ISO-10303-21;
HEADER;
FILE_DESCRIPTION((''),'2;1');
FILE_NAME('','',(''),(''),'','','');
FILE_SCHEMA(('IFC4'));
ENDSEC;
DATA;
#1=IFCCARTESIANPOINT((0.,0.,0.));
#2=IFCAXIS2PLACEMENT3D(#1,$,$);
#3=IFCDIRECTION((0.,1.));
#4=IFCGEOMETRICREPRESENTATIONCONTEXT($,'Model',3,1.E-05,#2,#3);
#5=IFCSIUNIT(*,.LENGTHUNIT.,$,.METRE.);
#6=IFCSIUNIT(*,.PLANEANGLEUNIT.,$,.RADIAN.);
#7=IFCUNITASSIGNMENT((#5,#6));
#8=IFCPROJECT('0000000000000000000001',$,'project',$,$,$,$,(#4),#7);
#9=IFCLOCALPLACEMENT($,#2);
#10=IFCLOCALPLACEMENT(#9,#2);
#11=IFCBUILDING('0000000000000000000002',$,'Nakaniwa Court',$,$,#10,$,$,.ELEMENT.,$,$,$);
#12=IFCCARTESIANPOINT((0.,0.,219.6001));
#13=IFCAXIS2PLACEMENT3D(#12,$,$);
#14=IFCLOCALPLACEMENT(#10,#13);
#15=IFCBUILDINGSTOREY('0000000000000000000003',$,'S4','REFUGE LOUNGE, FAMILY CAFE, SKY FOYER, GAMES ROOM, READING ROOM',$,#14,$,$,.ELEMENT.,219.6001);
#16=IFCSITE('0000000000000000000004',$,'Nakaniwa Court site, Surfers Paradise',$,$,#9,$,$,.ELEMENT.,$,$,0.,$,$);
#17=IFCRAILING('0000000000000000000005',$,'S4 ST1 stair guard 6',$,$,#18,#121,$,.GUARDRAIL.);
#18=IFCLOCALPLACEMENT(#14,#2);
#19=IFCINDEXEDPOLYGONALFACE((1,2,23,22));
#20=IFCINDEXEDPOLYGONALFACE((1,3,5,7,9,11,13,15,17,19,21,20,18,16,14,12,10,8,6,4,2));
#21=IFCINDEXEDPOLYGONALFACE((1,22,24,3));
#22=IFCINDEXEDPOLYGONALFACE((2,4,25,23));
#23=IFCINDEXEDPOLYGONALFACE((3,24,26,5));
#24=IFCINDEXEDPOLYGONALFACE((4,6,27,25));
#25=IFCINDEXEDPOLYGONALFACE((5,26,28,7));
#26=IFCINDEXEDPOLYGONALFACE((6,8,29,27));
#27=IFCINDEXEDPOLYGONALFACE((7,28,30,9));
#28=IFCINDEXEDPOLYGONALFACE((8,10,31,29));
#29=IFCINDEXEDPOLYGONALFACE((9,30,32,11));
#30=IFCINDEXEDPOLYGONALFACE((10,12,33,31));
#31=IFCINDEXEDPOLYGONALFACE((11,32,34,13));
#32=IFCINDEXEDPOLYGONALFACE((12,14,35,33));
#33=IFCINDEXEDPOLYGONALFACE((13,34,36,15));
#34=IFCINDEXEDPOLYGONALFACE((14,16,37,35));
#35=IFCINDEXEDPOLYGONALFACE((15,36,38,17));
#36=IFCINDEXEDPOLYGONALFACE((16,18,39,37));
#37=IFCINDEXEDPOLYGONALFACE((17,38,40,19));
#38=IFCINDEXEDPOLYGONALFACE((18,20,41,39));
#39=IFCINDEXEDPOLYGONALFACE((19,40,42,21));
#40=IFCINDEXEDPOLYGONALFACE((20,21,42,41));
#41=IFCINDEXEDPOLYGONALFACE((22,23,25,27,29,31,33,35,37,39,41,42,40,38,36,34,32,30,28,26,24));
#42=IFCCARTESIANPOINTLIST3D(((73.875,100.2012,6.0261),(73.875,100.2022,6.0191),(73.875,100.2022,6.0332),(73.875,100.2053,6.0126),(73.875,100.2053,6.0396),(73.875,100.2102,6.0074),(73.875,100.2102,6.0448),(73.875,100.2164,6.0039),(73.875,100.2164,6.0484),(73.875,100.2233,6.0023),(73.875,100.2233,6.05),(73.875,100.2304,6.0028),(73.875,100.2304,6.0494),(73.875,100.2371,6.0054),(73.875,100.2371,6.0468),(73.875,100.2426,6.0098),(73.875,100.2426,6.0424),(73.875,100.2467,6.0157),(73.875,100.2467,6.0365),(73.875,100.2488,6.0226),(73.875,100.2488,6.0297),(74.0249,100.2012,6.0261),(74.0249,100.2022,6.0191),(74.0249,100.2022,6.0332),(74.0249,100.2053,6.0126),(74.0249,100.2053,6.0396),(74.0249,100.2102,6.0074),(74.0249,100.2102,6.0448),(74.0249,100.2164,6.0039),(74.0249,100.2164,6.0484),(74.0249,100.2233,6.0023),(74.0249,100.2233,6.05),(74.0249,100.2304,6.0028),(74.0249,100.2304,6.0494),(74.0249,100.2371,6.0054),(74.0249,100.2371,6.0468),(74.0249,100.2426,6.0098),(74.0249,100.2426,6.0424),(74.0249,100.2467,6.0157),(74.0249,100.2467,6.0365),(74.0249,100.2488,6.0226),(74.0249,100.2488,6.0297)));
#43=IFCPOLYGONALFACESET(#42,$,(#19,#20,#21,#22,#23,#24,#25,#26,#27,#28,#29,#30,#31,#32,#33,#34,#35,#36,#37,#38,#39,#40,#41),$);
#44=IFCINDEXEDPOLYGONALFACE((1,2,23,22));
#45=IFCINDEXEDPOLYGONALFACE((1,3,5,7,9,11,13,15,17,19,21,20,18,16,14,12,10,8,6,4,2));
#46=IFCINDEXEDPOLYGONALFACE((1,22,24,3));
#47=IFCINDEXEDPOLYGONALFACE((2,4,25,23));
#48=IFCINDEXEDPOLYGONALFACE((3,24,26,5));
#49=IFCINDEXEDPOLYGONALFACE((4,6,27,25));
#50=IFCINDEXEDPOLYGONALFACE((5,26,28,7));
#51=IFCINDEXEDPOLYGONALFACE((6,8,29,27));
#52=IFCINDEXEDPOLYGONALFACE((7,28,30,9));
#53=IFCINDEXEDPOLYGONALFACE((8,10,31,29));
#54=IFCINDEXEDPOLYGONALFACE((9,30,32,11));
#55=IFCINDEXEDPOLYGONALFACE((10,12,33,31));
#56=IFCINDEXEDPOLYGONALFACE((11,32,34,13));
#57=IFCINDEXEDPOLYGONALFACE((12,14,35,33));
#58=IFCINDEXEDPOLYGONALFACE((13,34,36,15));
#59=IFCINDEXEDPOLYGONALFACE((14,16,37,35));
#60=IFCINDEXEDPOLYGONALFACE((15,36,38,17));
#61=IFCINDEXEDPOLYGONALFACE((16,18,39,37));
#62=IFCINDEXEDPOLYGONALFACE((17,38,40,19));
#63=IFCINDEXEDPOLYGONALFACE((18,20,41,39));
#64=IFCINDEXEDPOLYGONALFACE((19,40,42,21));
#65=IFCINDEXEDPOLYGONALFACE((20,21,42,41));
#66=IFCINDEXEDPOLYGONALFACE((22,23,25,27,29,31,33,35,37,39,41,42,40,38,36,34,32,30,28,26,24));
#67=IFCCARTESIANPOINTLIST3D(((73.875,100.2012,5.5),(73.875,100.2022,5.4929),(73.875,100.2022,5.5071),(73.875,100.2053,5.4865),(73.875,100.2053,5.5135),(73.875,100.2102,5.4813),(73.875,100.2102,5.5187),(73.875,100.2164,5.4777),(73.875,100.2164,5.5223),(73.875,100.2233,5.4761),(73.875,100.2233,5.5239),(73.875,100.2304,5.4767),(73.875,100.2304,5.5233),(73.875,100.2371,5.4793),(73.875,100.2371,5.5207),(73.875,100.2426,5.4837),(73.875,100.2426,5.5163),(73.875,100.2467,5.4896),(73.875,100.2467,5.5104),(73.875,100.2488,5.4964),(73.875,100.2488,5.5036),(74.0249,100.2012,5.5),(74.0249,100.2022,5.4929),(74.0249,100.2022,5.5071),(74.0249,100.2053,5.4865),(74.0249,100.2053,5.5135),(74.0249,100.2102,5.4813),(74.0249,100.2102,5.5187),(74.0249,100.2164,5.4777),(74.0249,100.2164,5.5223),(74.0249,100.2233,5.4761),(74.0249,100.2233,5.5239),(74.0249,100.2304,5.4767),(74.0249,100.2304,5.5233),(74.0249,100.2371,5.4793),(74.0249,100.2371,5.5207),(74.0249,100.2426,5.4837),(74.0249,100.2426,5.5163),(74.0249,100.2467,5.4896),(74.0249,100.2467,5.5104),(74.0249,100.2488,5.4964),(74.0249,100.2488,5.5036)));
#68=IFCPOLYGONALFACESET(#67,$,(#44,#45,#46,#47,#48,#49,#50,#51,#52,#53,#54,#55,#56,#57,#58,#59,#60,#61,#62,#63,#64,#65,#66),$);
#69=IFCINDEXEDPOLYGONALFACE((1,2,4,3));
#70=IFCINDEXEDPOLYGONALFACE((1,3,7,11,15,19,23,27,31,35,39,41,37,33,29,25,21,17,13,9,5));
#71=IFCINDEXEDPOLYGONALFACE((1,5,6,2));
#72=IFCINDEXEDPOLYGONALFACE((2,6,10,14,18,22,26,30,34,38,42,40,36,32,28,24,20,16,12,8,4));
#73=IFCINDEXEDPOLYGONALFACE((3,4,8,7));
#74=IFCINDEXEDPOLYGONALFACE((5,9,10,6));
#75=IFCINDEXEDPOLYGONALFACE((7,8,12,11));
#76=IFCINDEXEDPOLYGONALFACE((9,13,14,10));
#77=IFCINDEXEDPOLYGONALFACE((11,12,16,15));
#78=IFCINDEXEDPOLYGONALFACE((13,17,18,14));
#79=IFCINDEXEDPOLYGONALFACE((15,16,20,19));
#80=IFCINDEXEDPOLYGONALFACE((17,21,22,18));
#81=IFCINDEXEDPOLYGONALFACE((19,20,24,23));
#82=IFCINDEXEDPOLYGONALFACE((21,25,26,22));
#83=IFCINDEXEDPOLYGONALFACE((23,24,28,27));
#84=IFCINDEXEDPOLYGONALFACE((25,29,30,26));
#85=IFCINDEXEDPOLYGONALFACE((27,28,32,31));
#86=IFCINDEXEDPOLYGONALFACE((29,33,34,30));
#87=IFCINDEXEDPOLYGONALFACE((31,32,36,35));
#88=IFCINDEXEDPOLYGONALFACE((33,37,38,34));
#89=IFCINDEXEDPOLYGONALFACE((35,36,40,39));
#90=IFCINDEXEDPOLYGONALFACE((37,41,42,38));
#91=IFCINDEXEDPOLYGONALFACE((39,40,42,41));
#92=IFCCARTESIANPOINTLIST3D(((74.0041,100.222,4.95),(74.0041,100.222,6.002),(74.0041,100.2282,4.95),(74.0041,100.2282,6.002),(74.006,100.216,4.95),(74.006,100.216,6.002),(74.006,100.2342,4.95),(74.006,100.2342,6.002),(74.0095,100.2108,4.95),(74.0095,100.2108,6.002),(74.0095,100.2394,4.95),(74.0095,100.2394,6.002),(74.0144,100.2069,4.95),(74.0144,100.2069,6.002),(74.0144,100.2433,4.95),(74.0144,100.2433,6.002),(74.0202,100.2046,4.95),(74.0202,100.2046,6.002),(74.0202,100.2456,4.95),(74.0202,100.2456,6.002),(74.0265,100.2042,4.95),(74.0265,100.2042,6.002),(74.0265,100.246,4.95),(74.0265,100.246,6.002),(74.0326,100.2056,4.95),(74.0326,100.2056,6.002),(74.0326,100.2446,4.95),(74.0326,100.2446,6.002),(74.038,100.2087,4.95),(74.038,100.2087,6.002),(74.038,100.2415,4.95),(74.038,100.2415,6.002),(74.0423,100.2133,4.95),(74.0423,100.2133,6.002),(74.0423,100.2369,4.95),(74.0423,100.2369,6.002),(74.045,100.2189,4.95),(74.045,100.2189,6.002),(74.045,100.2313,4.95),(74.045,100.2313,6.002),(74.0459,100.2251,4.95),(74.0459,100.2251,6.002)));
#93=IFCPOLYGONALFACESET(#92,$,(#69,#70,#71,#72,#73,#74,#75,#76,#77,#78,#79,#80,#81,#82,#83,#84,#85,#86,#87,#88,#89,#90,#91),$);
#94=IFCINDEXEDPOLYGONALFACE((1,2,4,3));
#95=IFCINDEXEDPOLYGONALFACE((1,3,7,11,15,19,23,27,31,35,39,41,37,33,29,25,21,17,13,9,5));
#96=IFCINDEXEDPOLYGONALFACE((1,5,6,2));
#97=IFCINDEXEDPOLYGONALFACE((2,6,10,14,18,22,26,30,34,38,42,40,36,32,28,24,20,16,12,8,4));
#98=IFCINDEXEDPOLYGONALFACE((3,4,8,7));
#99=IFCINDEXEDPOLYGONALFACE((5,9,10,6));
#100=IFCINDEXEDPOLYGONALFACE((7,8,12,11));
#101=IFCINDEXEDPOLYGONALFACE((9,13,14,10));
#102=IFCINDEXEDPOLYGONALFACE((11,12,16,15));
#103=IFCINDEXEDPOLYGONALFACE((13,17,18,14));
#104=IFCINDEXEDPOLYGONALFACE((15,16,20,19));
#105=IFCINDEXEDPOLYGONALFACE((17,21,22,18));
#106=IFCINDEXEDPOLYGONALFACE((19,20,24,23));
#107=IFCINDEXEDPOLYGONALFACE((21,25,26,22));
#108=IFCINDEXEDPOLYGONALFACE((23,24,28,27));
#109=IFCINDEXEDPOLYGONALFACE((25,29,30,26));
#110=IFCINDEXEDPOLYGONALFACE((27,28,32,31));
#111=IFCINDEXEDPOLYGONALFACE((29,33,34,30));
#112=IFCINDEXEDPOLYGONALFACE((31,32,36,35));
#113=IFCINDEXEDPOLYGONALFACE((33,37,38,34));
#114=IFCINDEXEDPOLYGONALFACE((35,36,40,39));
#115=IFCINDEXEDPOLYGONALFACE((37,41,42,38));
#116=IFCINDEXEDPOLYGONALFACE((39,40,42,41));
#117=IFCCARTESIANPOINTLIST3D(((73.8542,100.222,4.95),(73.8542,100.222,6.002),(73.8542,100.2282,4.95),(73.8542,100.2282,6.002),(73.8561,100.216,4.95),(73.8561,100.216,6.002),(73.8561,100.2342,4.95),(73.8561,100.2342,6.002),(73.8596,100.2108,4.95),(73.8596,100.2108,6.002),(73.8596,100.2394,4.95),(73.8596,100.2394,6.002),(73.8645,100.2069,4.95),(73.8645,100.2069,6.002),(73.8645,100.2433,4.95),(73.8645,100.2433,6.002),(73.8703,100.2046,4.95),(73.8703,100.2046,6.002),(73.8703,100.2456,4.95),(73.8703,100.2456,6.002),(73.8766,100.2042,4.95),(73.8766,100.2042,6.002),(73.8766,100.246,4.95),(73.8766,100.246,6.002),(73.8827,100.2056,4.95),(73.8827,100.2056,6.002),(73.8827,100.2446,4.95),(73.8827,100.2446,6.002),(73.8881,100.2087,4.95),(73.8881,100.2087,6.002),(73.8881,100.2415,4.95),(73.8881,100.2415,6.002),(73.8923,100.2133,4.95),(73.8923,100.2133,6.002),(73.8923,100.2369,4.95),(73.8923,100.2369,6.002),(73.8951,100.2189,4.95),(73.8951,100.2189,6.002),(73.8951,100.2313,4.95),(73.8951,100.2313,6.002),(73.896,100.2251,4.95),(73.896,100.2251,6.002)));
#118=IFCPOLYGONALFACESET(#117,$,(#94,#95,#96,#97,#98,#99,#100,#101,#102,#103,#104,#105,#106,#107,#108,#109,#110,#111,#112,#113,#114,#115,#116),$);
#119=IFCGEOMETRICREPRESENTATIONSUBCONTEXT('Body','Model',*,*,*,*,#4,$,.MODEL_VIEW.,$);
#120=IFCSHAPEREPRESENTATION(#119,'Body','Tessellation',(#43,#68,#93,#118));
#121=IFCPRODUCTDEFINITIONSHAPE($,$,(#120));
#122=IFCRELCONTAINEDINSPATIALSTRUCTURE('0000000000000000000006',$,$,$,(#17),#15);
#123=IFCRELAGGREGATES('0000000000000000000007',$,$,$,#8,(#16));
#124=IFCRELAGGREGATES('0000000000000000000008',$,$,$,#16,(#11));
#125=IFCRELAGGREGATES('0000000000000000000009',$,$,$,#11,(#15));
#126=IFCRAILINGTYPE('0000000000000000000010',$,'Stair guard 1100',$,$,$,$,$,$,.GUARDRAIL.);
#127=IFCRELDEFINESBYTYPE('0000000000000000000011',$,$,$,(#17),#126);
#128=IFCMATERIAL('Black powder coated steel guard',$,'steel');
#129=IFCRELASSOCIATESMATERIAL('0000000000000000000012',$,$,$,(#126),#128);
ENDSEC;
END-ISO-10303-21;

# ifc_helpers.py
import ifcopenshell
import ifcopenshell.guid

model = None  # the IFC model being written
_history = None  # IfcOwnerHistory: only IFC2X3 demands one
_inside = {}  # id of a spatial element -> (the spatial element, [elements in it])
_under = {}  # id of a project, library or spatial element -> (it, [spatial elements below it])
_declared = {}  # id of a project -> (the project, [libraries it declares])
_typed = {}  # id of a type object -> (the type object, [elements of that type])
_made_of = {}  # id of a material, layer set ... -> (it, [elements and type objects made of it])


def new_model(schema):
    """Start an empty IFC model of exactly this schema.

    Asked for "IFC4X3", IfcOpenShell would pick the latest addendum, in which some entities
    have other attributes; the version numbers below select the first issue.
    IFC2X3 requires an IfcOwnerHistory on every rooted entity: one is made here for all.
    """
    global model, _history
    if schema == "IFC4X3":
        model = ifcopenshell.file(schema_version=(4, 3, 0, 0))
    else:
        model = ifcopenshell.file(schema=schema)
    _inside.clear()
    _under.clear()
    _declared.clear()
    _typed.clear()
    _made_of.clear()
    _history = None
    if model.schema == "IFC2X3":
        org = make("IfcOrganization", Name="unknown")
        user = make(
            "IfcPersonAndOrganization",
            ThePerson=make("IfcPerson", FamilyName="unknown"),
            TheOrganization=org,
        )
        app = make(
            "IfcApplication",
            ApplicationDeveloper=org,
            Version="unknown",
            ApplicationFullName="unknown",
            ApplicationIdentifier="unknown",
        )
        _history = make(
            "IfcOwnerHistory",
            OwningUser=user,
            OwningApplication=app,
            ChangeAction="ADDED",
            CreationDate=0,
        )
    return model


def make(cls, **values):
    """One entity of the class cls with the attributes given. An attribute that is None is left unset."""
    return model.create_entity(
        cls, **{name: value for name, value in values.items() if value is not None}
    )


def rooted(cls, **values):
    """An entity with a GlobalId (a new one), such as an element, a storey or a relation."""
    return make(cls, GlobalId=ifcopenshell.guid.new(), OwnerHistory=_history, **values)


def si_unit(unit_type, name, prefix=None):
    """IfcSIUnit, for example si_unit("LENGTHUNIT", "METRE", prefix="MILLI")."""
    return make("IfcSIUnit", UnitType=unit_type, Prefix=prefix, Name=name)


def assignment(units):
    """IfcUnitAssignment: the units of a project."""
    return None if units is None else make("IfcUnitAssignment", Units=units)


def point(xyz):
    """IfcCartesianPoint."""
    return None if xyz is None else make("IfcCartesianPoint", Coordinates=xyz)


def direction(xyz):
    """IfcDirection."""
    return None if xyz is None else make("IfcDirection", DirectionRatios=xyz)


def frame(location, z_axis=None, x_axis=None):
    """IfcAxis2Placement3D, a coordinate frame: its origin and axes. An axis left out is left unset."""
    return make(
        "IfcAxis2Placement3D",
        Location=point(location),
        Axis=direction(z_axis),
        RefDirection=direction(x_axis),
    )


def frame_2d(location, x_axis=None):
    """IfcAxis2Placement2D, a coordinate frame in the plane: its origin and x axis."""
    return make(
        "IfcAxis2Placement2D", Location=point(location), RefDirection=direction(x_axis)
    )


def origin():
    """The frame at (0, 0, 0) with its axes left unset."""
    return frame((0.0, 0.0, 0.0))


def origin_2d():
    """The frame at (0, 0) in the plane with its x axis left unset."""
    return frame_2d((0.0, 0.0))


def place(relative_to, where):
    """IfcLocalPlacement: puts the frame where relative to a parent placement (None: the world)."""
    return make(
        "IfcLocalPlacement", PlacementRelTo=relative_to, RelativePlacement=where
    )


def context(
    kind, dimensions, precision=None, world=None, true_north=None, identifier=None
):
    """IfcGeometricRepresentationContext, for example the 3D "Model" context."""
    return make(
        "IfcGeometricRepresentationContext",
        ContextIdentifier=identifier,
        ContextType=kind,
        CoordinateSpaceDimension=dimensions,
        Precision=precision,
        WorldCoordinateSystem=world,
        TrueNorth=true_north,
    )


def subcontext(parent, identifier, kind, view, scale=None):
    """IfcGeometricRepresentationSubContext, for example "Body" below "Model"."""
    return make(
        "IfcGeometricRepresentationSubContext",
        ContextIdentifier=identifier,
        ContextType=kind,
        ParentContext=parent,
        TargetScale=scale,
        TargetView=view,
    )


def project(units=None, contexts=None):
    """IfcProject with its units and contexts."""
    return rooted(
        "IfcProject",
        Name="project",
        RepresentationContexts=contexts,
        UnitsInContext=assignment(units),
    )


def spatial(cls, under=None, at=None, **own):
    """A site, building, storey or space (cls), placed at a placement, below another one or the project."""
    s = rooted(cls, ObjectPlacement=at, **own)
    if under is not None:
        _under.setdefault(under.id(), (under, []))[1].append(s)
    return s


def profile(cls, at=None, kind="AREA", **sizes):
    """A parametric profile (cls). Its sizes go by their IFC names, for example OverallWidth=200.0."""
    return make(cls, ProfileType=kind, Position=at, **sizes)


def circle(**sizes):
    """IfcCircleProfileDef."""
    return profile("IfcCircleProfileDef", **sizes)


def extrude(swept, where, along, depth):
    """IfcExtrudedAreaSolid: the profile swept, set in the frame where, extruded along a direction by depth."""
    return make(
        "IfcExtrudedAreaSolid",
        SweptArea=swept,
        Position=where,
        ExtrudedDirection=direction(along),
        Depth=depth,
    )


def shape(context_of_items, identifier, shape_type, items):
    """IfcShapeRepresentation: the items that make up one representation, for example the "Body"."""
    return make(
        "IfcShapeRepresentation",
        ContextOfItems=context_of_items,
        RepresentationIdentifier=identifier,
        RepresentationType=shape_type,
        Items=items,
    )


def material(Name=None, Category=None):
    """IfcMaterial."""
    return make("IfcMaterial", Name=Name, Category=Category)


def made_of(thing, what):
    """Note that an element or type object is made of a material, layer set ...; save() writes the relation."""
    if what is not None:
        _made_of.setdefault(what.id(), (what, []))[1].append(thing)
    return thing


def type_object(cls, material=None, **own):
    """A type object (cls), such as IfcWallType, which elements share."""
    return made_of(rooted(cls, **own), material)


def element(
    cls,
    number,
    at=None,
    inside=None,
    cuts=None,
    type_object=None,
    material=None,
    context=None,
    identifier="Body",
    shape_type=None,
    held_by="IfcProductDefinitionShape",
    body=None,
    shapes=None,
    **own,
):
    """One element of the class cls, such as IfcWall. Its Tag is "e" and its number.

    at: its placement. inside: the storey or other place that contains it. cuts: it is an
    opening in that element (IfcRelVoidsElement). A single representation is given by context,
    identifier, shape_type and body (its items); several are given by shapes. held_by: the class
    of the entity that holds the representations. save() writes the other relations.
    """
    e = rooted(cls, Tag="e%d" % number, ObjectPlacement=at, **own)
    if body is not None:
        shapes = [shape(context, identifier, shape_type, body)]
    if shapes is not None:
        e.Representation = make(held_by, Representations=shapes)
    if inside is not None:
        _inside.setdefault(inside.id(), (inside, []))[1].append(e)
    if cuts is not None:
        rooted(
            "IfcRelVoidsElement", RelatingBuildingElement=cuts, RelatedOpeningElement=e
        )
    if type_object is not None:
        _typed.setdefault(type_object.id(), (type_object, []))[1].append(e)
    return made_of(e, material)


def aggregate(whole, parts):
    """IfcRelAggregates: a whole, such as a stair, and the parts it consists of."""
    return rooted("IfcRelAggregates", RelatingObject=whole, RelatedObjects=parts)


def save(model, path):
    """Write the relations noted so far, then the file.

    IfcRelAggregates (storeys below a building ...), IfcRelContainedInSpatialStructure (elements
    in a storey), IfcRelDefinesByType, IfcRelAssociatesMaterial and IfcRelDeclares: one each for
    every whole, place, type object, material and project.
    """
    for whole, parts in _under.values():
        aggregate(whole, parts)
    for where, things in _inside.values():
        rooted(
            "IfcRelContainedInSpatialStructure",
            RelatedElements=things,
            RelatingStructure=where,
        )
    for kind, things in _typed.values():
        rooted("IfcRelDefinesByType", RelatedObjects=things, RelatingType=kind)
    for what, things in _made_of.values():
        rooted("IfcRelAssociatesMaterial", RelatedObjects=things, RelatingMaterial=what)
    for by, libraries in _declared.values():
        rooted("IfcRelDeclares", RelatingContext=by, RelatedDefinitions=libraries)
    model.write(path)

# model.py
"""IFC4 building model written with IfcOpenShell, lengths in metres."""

from ifc_helpers import new_model, si_unit, direction, frame, origin, origin_2d, place, context, subcontext, project, spatial, circle, extrude, material, type_object, element, save


model = new_model("IFC4")

# Units and contexts
model_context = context("Model", 3, precision=1e-05, world=origin(), true_north=direction((0.0, 1.0)))
body_context = subcontext(model_context, "Body", "Model", "MODEL_VIEW")
ifc_project = project(units=[si_unit("LENGTHUNIT", "METRE"), si_unit("PLANEANGLEUNIT", "RADIAN")], contexts=[model_context])

# Site, building, storey
site_placement = place(None, origin())
site = spatial("IfcSite", under=ifc_project, at=site_placement, Name="Nakaniwa Court site, Surfers Paradise", CompositionType="ELEMENT", RefElevation=0.0)
building_placement = place(site_placement, origin())
building = spatial("IfcBuilding", under=site, at=building_placement, Name="Nakaniwa Court", CompositionType="ELEMENT")
storey_placement = place(building_placement, frame((0.0, 0.0, 219.6001)))
storey = spatial("IfcBuildingStorey", under=building, at=storey_placement, Name="S4", Description="REFUGE LOUNGE, FAMILY CAFE, SKY FOYER, GAMES ROOM, READING ROOM", CompositionType="ELEMENT", Elevation=219.6001)

# Railing
ifc_material_1 = material(Name="Black powder coated steel guard", Category="steel")
railing_type_1 = type_object("IfcRailingType", Name="Stair guard 1100", PredefinedType="GUARDRAIL", material=ifc_material_1)
railing_1_placement = place(storey_placement, frame((74.0249, 100.2251, 4.95)))
element("IfcRailing", 1, at=railing_1_placement, inside=storey, type_object=railing_type_1, Name="S4 ST1 stair guard 6", PredefinedType="GUARDRAIL", context=body_context, shape_type="SweptSolid", body=[
    extrude(circle(Radius=0.0239, at=origin_2d()), frame((0.0, 0.0, 1.0762), z_axis=(-1.0, 0.0, 0.0), x_axis=(0.0, -1.0, 0.0)), (0.0, 0.0, 1.0), 0.1499),
    extrude(circle(Radius=0.0239, at=origin_2d()), frame((0.0, 0.0, 0.55), z_axis=(-1.0, 0.0, 0.0), x_axis=(0.0, -1.0, 0.0)), (0.0, 0.0, 1.0), 0.1499),
    extrude(circle(Radius=0.021, at=origin_2d()), origin(), (0.0, 0.0, 1.0), 1.052),
    extrude(circle(Radius=0.021, at=origin_2d()), frame((-0.1499, 0.0, 0.0)), (0.0, 0.0, 1.0), 1.052),
])

save(model, "model.ifc")
